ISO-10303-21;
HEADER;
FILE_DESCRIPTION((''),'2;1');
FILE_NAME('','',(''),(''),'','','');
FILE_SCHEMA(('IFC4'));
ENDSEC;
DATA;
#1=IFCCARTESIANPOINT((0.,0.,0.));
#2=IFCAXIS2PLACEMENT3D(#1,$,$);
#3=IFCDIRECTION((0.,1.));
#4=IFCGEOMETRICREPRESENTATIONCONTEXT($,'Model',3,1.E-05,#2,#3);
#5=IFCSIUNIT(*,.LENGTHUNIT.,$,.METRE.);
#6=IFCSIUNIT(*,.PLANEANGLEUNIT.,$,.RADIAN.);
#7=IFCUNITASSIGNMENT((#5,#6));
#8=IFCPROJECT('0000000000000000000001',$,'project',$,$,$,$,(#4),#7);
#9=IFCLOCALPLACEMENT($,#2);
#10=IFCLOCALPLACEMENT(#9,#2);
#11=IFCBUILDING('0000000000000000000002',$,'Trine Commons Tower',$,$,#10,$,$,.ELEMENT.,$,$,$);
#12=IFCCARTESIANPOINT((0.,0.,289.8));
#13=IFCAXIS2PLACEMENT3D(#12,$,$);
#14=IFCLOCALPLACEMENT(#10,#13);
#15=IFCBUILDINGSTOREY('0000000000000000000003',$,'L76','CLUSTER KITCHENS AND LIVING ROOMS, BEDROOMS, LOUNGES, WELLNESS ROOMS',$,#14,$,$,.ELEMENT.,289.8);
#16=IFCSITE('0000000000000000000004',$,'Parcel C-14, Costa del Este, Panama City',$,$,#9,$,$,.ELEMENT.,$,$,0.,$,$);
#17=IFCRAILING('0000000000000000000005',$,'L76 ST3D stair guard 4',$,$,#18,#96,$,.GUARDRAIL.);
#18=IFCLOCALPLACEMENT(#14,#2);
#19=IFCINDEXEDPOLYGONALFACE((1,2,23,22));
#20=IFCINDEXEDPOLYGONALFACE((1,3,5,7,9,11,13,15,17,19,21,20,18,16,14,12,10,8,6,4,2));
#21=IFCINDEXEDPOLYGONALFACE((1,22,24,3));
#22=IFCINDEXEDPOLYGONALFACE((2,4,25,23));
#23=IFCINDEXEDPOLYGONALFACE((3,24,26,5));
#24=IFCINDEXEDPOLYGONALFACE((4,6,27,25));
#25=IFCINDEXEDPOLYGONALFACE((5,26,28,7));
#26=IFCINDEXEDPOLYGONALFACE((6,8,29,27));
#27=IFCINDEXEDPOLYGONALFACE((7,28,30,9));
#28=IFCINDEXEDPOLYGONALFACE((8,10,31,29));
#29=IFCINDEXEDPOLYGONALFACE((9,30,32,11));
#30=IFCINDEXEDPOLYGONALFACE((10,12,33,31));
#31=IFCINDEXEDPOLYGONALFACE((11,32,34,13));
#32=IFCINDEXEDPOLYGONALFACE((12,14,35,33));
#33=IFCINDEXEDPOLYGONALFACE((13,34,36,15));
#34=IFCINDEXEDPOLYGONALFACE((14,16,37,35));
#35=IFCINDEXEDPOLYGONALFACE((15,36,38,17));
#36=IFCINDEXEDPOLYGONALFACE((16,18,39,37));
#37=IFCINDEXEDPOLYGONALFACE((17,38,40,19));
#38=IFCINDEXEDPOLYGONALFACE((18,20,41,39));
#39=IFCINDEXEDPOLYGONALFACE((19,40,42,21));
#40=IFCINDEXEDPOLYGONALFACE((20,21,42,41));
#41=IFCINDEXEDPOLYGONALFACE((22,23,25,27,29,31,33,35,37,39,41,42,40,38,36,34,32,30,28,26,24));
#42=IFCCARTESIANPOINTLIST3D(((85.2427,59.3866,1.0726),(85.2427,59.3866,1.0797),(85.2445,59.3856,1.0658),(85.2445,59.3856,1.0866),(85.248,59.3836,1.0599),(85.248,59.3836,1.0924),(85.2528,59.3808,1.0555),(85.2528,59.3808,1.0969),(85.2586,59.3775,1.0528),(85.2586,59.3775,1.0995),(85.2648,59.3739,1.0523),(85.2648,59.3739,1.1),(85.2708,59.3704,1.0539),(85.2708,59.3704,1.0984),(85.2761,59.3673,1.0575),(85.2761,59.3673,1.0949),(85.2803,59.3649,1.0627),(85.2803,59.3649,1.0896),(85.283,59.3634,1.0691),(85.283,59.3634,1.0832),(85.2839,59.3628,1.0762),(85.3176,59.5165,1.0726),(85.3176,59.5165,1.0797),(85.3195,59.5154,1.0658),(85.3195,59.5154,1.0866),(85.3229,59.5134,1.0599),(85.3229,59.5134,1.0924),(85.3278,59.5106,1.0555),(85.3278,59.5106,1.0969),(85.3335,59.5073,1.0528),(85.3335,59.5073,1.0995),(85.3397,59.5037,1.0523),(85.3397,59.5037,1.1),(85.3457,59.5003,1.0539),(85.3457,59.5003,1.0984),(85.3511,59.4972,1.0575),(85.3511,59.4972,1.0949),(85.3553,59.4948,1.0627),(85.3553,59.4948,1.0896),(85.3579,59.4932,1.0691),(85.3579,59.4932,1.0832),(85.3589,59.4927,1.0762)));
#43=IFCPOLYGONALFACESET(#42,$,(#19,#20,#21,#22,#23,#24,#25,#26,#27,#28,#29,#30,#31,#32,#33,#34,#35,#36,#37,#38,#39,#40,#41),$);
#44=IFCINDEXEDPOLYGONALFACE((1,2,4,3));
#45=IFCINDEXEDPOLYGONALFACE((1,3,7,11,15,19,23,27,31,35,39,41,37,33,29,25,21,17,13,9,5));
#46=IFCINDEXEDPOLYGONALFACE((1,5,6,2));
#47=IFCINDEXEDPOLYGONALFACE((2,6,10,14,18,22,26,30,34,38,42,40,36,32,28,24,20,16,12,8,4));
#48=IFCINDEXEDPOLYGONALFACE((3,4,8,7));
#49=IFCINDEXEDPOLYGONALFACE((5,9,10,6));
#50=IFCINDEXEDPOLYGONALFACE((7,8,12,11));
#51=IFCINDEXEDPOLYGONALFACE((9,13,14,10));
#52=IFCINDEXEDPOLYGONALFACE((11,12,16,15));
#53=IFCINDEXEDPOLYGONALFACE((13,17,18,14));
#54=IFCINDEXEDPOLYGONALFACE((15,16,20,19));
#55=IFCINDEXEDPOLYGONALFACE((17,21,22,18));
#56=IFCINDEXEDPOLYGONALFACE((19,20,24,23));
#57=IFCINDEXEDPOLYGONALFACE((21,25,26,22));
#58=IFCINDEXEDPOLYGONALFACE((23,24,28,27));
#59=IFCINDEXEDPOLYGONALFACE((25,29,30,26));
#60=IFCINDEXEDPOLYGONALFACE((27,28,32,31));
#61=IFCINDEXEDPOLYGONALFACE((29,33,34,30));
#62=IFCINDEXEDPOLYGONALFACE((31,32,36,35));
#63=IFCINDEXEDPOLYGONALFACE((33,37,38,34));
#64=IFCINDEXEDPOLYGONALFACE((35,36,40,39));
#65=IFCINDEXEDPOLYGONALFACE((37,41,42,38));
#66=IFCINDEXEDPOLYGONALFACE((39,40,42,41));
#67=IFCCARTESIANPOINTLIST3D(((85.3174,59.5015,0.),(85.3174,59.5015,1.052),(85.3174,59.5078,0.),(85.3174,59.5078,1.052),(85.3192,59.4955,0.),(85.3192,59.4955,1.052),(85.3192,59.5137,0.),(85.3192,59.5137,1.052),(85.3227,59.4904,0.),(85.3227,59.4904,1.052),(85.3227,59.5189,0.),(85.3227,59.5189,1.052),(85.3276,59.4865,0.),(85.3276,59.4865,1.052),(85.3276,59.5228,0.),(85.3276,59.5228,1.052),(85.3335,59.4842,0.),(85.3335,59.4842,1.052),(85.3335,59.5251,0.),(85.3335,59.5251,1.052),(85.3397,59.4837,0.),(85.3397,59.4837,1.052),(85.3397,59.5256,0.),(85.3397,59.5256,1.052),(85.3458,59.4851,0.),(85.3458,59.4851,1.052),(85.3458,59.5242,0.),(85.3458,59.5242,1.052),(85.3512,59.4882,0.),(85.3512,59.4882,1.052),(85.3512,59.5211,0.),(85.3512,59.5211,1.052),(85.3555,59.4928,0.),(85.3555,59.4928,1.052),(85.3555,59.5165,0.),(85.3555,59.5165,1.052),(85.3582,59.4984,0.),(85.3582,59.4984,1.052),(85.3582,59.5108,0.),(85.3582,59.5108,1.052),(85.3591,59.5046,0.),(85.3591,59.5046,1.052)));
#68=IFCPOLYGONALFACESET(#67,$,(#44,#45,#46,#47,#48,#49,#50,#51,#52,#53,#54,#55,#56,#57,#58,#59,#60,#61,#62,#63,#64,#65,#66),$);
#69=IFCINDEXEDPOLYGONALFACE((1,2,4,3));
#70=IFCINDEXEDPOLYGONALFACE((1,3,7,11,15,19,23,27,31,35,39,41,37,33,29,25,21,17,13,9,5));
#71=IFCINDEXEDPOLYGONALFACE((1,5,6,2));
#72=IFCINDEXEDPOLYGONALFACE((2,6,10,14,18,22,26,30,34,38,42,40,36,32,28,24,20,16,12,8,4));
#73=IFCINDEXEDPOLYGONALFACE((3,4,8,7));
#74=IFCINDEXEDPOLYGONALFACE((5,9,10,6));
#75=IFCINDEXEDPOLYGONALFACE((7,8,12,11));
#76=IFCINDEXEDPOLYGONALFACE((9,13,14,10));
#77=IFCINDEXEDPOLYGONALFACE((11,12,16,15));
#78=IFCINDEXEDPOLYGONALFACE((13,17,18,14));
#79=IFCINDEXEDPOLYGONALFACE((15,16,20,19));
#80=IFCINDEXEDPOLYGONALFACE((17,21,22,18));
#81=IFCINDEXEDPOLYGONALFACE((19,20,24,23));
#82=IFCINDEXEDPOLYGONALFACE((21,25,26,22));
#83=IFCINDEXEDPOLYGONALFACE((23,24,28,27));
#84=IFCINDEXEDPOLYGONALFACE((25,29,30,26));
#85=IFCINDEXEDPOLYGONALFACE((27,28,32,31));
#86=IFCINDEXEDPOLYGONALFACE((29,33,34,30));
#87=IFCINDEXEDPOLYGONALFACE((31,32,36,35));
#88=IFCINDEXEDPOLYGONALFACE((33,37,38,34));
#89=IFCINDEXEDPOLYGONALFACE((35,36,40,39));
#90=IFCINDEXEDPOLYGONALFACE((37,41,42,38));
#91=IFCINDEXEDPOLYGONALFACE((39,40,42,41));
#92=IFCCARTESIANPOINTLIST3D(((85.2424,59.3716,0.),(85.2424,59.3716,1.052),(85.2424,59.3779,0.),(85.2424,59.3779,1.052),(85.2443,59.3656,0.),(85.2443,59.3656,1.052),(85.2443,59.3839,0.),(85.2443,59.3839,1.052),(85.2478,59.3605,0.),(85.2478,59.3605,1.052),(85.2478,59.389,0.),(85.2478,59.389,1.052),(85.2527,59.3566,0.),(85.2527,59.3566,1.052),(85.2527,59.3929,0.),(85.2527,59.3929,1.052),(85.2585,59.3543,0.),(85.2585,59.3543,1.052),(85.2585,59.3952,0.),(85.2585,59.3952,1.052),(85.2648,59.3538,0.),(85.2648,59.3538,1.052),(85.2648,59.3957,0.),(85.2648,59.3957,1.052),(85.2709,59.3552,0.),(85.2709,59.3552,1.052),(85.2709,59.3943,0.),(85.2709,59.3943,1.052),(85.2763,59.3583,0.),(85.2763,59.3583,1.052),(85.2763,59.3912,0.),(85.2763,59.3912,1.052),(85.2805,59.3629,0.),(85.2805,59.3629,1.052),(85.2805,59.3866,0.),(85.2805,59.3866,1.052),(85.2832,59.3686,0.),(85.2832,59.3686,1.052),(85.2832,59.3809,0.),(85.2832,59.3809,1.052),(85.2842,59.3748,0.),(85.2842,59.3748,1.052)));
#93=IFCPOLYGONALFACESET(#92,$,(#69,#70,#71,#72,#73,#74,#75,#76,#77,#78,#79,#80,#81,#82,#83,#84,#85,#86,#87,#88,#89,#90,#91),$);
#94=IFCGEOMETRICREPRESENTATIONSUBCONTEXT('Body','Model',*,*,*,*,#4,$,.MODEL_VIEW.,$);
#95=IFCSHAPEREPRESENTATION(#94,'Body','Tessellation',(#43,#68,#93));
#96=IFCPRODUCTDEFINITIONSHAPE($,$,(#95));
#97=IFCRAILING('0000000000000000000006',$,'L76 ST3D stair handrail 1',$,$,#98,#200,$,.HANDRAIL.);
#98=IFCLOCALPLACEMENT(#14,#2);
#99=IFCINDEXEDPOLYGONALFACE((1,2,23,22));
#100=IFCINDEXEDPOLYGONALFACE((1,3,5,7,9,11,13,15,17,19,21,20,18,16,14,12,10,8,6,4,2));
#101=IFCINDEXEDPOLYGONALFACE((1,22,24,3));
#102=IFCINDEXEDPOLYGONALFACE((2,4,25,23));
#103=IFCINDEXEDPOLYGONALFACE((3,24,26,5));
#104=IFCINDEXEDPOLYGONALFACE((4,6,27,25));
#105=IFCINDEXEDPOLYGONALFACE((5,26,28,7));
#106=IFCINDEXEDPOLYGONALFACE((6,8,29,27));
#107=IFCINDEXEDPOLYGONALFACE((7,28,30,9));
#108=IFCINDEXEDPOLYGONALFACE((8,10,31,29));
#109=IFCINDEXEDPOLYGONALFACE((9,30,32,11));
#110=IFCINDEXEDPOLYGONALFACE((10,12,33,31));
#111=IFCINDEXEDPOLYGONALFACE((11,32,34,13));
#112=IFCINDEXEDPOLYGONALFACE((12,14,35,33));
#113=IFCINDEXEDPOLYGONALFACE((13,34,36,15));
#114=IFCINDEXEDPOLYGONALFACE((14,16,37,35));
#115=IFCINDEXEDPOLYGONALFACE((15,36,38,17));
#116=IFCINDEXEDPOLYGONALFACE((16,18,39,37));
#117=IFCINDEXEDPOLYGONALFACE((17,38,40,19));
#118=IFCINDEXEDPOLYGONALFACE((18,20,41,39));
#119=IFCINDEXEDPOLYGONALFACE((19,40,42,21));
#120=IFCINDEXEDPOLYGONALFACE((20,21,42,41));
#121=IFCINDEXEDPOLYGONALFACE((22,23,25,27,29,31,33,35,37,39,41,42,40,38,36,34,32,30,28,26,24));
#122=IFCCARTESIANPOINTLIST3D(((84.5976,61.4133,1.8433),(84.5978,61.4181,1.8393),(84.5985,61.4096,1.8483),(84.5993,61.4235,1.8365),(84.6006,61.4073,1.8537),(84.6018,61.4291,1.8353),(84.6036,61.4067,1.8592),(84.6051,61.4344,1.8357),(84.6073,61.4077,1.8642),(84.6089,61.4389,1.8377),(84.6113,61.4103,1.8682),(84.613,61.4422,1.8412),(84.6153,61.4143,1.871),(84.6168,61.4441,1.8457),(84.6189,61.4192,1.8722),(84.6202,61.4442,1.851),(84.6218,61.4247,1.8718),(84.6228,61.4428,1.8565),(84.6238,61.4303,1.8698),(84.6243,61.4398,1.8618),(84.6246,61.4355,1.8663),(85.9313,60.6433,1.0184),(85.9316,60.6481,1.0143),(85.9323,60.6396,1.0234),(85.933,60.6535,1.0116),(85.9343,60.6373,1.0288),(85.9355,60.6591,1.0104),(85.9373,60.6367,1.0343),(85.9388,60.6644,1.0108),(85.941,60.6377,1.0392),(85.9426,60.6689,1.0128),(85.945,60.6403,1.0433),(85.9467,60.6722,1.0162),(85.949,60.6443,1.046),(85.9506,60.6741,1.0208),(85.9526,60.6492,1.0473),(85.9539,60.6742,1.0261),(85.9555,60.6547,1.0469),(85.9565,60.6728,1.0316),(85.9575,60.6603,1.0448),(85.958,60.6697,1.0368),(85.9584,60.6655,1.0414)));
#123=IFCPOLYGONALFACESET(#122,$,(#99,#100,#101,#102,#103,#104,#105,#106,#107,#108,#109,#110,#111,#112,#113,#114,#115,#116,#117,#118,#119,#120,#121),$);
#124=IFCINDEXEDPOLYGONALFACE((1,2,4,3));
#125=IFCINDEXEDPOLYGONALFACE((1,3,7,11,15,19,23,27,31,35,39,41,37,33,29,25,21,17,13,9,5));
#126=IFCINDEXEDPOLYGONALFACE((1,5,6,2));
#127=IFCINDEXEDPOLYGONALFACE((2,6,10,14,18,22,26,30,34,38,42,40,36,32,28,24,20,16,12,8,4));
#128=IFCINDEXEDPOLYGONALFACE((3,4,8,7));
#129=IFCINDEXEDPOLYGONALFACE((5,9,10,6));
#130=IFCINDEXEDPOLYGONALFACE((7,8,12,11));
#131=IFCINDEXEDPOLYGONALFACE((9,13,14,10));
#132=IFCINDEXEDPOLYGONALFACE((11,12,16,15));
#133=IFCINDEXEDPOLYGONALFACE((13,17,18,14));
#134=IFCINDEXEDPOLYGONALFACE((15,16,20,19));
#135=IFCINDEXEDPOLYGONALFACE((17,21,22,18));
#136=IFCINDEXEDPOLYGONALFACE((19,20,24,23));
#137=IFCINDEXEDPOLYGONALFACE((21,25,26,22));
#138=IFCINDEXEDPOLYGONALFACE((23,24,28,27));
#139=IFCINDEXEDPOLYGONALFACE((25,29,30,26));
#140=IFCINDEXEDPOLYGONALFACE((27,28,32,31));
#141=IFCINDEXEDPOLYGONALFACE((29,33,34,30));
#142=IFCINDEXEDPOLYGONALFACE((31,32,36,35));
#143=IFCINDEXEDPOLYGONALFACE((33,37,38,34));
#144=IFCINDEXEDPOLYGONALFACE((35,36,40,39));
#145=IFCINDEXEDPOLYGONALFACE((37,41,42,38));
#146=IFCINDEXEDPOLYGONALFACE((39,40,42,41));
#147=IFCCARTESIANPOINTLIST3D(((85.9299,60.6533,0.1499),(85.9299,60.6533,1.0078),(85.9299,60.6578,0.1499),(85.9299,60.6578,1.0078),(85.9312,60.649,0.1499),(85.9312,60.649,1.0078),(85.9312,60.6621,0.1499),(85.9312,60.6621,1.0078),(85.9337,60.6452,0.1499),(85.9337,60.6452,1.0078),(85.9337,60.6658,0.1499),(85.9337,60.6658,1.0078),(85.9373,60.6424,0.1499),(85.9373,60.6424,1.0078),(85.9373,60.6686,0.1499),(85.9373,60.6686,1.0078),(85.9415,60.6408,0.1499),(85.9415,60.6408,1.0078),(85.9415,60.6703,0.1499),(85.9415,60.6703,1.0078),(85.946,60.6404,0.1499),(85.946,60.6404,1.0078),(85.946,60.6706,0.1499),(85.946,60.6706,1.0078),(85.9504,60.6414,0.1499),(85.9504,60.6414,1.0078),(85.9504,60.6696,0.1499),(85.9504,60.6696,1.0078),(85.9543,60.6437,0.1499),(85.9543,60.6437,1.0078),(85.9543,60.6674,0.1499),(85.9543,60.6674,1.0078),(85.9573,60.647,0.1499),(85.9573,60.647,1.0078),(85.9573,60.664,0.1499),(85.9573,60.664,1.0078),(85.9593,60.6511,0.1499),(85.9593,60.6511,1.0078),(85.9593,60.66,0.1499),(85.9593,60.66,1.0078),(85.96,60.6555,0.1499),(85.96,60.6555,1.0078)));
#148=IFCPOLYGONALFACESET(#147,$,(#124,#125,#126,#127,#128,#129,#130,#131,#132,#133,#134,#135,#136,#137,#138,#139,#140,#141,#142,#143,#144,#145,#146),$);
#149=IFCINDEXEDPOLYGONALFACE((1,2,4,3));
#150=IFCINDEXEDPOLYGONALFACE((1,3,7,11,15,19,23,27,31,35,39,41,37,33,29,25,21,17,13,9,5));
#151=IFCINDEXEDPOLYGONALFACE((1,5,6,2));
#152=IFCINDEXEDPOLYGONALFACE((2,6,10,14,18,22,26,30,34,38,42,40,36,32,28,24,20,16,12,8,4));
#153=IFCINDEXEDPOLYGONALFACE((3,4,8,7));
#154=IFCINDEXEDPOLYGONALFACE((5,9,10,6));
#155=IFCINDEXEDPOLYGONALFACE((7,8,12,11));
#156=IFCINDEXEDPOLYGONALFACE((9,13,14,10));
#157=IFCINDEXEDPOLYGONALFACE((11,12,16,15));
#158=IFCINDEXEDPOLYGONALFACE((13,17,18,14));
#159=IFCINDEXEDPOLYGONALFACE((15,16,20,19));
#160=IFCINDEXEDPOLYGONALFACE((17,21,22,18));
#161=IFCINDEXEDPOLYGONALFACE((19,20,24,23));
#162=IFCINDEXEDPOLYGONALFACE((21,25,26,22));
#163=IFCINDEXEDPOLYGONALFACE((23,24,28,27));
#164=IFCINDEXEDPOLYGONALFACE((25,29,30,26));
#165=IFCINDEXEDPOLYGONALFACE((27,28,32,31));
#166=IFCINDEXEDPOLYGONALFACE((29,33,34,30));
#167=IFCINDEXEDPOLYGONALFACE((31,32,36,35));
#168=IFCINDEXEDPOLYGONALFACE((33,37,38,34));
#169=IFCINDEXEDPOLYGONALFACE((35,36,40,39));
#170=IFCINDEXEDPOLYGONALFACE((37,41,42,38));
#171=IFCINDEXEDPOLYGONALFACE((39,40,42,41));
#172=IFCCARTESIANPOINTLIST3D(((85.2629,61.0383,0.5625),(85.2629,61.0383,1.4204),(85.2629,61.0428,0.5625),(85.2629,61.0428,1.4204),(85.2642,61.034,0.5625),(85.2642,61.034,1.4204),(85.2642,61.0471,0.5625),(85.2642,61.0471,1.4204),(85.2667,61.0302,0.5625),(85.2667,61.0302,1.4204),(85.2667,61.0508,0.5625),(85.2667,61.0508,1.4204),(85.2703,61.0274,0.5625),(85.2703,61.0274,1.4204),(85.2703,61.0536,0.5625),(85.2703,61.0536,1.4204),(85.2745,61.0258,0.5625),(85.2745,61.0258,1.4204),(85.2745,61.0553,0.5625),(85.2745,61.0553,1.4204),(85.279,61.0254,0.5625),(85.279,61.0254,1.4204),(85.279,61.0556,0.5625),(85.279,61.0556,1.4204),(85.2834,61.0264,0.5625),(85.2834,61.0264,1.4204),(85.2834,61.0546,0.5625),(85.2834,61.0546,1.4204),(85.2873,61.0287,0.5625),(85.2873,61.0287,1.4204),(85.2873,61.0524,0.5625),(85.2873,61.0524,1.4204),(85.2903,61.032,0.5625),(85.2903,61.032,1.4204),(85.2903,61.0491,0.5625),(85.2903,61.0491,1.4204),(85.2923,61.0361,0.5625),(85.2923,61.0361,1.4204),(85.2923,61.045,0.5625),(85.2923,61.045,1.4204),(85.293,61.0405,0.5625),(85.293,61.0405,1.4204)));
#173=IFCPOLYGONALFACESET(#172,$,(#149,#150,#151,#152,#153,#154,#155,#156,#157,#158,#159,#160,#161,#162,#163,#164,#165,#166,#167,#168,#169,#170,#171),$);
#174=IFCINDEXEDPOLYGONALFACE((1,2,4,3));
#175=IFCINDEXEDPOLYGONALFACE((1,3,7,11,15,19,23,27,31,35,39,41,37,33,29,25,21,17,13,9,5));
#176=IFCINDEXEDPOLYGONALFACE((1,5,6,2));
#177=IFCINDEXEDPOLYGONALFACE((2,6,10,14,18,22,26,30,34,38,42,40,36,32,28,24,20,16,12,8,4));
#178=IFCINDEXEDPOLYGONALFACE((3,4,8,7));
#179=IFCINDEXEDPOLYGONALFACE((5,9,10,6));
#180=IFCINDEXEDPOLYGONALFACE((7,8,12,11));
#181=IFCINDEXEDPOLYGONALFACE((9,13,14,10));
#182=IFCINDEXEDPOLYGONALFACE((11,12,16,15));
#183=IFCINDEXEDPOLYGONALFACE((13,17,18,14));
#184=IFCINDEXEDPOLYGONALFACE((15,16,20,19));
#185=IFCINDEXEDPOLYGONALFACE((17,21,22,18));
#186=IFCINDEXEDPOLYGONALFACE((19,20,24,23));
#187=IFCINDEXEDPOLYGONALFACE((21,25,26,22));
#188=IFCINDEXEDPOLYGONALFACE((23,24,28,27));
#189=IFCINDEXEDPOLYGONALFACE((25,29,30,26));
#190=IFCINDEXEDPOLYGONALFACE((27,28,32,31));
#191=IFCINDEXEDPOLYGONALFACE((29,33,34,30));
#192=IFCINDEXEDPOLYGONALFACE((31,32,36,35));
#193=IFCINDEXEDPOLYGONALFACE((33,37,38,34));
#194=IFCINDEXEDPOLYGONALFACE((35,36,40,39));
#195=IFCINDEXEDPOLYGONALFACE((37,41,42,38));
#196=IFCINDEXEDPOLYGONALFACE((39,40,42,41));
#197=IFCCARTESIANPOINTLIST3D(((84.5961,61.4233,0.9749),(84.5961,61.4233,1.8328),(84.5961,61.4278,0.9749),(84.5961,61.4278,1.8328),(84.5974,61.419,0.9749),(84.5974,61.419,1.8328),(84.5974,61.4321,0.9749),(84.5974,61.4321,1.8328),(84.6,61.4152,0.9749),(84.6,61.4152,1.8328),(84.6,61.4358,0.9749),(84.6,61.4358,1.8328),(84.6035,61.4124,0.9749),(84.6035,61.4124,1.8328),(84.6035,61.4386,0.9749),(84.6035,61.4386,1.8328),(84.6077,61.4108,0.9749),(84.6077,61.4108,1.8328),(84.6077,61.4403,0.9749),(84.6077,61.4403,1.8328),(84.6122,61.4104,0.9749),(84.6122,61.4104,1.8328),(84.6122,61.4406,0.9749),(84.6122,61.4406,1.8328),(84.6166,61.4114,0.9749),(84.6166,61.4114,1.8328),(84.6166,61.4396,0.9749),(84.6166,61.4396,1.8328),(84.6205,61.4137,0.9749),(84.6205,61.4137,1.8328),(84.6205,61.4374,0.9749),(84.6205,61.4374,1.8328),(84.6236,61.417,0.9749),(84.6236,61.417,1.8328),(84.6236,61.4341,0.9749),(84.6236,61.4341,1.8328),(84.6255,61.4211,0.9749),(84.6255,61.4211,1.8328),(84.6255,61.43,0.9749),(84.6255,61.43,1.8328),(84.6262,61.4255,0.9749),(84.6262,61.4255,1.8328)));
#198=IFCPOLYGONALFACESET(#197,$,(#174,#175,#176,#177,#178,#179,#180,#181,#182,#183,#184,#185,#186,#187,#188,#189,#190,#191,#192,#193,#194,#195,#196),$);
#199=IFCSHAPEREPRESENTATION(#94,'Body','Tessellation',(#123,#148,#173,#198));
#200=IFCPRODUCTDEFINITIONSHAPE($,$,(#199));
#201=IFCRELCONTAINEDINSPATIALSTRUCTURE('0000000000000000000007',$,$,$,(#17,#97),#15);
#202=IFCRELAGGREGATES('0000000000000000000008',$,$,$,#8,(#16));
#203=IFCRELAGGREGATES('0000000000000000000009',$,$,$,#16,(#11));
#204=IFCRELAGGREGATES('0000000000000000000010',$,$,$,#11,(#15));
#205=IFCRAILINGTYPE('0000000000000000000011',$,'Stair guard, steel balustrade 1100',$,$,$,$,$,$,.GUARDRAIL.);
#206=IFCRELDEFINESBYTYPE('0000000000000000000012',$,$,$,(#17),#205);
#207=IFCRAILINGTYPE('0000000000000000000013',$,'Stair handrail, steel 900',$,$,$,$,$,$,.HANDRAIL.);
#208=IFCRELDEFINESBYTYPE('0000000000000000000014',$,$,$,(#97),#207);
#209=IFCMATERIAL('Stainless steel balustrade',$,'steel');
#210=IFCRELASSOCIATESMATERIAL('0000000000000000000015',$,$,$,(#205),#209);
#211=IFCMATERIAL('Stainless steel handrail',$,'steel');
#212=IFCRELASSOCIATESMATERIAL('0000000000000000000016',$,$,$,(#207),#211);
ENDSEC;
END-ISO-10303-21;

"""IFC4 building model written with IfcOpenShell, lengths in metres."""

from ifc_helpers import new_model, si_unit, direction, frame, origin, origin_2d, place, context, subcontext, project, spatial, circle, extrude, material, type_object, element, save


model = new_model("IFC4")

# Units and contexts
model_context = context("Model", 3, precision=1e-05, world=origin(), true_north=direction((0.0, 1.0)))
body_context = subcontext(model_context, "Body", "Model", "MODEL_VIEW")
ifc_project = project(units=[si_unit("LENGTHUNIT", "METRE"), si_unit("PLANEANGLEUNIT", "RADIAN")], contexts=[model_context])

# Site, building, storey
site_placement = place(None, origin())
site = spatial("IfcSite", under=ifc_project, at=site_placement, Name="Parcel C-14, Costa del Este, Panama City", CompositionType="ELEMENT", RefElevation=0.0)
building_placement = place(site_placement, origin())
building = spatial("IfcBuilding", under=site, at=building_placement, Name="Trine Commons Tower", CompositionType="ELEMENT")
storey_placement = place(building_placement, frame((0.0, 0.0, 289.8)))
storey = spatial("IfcBuildingStorey", under=building, at=storey_placement, Name="L76", Description="CLUSTER KITCHENS AND LIVING ROOMS, BEDROOMS, LOUNGES, WELLNESS ROOMS", CompositionType="ELEMENT", Elevation=289.8)

# Railings
ifc_material_1 = material(Name="Stainless steel balustrade", Category="steel")
railing_type_1 = type_object("IfcRailingType", Name="Stair guard, steel balustrade 1100", PredefinedType="GUARDRAIL", material=ifc_material_1)
railing_1_placement = place(storey_placement, frame((85.3381, 59.5046, 0.0)))
element("IfcRailing", 1, at=railing_1_placement, inside=storey, type_object=railing_type_1, Name="L76 ST3D stair guard 4", PredefinedType="GUARDRAIL", context=body_context, shape_type="SweptSolid", body=[
    extrude(circle(Radius=0.0239, at=origin_2d()), frame((0.0, 0.0, 1.0762), z_axis=(-0.499816, -0.866131, 0.0), x_axis=(0.866131, -0.499816, 0.0)), (0.0, 0.0, 1.0), 0.1499),
    extrude(circle(Radius=0.021, at=origin_2d()), origin(), (0.0, 0.0, 1.0), 1.052),
    extrude(circle(Radius=0.021, at=origin_2d()), frame((-0.075, -0.1299, 0.0)), (0.0, 0.0, 1.0), 1.052),
])
ifc_material_2 = material(Name="Stainless steel handrail", Category="steel")
railing_type_2 = type_object("IfcRailingType", Name="Stair handrail, steel 900", PredefinedType="HANDRAIL", material=ifc_material_2)
railing_2_placement = place(storey_placement, frame((85.9448, 60.6555, 0.1499)))
element("IfcRailing", 2, at=railing_2_placement, inside=storey, type_object=railing_type_2, Name="L76 ST3D stair handrail 1", PredefinedType="HANDRAIL", context=body_context, shape_type="SweptSolid", body=[
    extrude(circle(Radius=0.021, at=origin_2d()), frame((0.0, 0.0, 0.8789), z_axis=(-0.763405, 0.440743, 0.472185), x_axis=(-0.499992, -0.86603, 0.0)), (0.0, 0.0, 1.0), 1.7471),
    extrude(circle(Radius=0.0151, at=origin_2d()), origin(), (0.0, 0.0, 1.0), 0.8579),
    extrude(circle(Radius=0.0151, at=origin_2d()), frame((-0.667, 0.385, 0.4126)), (0.0, 0.0, 1.0), 0.8579),
    extrude(circle(Radius=0.0151, at=origin_2d()), frame((-1.3337, 0.77, 0.825)), (0.0, 0.0, 1.0), 0.8579),
])

save(model, "model.ifc")
